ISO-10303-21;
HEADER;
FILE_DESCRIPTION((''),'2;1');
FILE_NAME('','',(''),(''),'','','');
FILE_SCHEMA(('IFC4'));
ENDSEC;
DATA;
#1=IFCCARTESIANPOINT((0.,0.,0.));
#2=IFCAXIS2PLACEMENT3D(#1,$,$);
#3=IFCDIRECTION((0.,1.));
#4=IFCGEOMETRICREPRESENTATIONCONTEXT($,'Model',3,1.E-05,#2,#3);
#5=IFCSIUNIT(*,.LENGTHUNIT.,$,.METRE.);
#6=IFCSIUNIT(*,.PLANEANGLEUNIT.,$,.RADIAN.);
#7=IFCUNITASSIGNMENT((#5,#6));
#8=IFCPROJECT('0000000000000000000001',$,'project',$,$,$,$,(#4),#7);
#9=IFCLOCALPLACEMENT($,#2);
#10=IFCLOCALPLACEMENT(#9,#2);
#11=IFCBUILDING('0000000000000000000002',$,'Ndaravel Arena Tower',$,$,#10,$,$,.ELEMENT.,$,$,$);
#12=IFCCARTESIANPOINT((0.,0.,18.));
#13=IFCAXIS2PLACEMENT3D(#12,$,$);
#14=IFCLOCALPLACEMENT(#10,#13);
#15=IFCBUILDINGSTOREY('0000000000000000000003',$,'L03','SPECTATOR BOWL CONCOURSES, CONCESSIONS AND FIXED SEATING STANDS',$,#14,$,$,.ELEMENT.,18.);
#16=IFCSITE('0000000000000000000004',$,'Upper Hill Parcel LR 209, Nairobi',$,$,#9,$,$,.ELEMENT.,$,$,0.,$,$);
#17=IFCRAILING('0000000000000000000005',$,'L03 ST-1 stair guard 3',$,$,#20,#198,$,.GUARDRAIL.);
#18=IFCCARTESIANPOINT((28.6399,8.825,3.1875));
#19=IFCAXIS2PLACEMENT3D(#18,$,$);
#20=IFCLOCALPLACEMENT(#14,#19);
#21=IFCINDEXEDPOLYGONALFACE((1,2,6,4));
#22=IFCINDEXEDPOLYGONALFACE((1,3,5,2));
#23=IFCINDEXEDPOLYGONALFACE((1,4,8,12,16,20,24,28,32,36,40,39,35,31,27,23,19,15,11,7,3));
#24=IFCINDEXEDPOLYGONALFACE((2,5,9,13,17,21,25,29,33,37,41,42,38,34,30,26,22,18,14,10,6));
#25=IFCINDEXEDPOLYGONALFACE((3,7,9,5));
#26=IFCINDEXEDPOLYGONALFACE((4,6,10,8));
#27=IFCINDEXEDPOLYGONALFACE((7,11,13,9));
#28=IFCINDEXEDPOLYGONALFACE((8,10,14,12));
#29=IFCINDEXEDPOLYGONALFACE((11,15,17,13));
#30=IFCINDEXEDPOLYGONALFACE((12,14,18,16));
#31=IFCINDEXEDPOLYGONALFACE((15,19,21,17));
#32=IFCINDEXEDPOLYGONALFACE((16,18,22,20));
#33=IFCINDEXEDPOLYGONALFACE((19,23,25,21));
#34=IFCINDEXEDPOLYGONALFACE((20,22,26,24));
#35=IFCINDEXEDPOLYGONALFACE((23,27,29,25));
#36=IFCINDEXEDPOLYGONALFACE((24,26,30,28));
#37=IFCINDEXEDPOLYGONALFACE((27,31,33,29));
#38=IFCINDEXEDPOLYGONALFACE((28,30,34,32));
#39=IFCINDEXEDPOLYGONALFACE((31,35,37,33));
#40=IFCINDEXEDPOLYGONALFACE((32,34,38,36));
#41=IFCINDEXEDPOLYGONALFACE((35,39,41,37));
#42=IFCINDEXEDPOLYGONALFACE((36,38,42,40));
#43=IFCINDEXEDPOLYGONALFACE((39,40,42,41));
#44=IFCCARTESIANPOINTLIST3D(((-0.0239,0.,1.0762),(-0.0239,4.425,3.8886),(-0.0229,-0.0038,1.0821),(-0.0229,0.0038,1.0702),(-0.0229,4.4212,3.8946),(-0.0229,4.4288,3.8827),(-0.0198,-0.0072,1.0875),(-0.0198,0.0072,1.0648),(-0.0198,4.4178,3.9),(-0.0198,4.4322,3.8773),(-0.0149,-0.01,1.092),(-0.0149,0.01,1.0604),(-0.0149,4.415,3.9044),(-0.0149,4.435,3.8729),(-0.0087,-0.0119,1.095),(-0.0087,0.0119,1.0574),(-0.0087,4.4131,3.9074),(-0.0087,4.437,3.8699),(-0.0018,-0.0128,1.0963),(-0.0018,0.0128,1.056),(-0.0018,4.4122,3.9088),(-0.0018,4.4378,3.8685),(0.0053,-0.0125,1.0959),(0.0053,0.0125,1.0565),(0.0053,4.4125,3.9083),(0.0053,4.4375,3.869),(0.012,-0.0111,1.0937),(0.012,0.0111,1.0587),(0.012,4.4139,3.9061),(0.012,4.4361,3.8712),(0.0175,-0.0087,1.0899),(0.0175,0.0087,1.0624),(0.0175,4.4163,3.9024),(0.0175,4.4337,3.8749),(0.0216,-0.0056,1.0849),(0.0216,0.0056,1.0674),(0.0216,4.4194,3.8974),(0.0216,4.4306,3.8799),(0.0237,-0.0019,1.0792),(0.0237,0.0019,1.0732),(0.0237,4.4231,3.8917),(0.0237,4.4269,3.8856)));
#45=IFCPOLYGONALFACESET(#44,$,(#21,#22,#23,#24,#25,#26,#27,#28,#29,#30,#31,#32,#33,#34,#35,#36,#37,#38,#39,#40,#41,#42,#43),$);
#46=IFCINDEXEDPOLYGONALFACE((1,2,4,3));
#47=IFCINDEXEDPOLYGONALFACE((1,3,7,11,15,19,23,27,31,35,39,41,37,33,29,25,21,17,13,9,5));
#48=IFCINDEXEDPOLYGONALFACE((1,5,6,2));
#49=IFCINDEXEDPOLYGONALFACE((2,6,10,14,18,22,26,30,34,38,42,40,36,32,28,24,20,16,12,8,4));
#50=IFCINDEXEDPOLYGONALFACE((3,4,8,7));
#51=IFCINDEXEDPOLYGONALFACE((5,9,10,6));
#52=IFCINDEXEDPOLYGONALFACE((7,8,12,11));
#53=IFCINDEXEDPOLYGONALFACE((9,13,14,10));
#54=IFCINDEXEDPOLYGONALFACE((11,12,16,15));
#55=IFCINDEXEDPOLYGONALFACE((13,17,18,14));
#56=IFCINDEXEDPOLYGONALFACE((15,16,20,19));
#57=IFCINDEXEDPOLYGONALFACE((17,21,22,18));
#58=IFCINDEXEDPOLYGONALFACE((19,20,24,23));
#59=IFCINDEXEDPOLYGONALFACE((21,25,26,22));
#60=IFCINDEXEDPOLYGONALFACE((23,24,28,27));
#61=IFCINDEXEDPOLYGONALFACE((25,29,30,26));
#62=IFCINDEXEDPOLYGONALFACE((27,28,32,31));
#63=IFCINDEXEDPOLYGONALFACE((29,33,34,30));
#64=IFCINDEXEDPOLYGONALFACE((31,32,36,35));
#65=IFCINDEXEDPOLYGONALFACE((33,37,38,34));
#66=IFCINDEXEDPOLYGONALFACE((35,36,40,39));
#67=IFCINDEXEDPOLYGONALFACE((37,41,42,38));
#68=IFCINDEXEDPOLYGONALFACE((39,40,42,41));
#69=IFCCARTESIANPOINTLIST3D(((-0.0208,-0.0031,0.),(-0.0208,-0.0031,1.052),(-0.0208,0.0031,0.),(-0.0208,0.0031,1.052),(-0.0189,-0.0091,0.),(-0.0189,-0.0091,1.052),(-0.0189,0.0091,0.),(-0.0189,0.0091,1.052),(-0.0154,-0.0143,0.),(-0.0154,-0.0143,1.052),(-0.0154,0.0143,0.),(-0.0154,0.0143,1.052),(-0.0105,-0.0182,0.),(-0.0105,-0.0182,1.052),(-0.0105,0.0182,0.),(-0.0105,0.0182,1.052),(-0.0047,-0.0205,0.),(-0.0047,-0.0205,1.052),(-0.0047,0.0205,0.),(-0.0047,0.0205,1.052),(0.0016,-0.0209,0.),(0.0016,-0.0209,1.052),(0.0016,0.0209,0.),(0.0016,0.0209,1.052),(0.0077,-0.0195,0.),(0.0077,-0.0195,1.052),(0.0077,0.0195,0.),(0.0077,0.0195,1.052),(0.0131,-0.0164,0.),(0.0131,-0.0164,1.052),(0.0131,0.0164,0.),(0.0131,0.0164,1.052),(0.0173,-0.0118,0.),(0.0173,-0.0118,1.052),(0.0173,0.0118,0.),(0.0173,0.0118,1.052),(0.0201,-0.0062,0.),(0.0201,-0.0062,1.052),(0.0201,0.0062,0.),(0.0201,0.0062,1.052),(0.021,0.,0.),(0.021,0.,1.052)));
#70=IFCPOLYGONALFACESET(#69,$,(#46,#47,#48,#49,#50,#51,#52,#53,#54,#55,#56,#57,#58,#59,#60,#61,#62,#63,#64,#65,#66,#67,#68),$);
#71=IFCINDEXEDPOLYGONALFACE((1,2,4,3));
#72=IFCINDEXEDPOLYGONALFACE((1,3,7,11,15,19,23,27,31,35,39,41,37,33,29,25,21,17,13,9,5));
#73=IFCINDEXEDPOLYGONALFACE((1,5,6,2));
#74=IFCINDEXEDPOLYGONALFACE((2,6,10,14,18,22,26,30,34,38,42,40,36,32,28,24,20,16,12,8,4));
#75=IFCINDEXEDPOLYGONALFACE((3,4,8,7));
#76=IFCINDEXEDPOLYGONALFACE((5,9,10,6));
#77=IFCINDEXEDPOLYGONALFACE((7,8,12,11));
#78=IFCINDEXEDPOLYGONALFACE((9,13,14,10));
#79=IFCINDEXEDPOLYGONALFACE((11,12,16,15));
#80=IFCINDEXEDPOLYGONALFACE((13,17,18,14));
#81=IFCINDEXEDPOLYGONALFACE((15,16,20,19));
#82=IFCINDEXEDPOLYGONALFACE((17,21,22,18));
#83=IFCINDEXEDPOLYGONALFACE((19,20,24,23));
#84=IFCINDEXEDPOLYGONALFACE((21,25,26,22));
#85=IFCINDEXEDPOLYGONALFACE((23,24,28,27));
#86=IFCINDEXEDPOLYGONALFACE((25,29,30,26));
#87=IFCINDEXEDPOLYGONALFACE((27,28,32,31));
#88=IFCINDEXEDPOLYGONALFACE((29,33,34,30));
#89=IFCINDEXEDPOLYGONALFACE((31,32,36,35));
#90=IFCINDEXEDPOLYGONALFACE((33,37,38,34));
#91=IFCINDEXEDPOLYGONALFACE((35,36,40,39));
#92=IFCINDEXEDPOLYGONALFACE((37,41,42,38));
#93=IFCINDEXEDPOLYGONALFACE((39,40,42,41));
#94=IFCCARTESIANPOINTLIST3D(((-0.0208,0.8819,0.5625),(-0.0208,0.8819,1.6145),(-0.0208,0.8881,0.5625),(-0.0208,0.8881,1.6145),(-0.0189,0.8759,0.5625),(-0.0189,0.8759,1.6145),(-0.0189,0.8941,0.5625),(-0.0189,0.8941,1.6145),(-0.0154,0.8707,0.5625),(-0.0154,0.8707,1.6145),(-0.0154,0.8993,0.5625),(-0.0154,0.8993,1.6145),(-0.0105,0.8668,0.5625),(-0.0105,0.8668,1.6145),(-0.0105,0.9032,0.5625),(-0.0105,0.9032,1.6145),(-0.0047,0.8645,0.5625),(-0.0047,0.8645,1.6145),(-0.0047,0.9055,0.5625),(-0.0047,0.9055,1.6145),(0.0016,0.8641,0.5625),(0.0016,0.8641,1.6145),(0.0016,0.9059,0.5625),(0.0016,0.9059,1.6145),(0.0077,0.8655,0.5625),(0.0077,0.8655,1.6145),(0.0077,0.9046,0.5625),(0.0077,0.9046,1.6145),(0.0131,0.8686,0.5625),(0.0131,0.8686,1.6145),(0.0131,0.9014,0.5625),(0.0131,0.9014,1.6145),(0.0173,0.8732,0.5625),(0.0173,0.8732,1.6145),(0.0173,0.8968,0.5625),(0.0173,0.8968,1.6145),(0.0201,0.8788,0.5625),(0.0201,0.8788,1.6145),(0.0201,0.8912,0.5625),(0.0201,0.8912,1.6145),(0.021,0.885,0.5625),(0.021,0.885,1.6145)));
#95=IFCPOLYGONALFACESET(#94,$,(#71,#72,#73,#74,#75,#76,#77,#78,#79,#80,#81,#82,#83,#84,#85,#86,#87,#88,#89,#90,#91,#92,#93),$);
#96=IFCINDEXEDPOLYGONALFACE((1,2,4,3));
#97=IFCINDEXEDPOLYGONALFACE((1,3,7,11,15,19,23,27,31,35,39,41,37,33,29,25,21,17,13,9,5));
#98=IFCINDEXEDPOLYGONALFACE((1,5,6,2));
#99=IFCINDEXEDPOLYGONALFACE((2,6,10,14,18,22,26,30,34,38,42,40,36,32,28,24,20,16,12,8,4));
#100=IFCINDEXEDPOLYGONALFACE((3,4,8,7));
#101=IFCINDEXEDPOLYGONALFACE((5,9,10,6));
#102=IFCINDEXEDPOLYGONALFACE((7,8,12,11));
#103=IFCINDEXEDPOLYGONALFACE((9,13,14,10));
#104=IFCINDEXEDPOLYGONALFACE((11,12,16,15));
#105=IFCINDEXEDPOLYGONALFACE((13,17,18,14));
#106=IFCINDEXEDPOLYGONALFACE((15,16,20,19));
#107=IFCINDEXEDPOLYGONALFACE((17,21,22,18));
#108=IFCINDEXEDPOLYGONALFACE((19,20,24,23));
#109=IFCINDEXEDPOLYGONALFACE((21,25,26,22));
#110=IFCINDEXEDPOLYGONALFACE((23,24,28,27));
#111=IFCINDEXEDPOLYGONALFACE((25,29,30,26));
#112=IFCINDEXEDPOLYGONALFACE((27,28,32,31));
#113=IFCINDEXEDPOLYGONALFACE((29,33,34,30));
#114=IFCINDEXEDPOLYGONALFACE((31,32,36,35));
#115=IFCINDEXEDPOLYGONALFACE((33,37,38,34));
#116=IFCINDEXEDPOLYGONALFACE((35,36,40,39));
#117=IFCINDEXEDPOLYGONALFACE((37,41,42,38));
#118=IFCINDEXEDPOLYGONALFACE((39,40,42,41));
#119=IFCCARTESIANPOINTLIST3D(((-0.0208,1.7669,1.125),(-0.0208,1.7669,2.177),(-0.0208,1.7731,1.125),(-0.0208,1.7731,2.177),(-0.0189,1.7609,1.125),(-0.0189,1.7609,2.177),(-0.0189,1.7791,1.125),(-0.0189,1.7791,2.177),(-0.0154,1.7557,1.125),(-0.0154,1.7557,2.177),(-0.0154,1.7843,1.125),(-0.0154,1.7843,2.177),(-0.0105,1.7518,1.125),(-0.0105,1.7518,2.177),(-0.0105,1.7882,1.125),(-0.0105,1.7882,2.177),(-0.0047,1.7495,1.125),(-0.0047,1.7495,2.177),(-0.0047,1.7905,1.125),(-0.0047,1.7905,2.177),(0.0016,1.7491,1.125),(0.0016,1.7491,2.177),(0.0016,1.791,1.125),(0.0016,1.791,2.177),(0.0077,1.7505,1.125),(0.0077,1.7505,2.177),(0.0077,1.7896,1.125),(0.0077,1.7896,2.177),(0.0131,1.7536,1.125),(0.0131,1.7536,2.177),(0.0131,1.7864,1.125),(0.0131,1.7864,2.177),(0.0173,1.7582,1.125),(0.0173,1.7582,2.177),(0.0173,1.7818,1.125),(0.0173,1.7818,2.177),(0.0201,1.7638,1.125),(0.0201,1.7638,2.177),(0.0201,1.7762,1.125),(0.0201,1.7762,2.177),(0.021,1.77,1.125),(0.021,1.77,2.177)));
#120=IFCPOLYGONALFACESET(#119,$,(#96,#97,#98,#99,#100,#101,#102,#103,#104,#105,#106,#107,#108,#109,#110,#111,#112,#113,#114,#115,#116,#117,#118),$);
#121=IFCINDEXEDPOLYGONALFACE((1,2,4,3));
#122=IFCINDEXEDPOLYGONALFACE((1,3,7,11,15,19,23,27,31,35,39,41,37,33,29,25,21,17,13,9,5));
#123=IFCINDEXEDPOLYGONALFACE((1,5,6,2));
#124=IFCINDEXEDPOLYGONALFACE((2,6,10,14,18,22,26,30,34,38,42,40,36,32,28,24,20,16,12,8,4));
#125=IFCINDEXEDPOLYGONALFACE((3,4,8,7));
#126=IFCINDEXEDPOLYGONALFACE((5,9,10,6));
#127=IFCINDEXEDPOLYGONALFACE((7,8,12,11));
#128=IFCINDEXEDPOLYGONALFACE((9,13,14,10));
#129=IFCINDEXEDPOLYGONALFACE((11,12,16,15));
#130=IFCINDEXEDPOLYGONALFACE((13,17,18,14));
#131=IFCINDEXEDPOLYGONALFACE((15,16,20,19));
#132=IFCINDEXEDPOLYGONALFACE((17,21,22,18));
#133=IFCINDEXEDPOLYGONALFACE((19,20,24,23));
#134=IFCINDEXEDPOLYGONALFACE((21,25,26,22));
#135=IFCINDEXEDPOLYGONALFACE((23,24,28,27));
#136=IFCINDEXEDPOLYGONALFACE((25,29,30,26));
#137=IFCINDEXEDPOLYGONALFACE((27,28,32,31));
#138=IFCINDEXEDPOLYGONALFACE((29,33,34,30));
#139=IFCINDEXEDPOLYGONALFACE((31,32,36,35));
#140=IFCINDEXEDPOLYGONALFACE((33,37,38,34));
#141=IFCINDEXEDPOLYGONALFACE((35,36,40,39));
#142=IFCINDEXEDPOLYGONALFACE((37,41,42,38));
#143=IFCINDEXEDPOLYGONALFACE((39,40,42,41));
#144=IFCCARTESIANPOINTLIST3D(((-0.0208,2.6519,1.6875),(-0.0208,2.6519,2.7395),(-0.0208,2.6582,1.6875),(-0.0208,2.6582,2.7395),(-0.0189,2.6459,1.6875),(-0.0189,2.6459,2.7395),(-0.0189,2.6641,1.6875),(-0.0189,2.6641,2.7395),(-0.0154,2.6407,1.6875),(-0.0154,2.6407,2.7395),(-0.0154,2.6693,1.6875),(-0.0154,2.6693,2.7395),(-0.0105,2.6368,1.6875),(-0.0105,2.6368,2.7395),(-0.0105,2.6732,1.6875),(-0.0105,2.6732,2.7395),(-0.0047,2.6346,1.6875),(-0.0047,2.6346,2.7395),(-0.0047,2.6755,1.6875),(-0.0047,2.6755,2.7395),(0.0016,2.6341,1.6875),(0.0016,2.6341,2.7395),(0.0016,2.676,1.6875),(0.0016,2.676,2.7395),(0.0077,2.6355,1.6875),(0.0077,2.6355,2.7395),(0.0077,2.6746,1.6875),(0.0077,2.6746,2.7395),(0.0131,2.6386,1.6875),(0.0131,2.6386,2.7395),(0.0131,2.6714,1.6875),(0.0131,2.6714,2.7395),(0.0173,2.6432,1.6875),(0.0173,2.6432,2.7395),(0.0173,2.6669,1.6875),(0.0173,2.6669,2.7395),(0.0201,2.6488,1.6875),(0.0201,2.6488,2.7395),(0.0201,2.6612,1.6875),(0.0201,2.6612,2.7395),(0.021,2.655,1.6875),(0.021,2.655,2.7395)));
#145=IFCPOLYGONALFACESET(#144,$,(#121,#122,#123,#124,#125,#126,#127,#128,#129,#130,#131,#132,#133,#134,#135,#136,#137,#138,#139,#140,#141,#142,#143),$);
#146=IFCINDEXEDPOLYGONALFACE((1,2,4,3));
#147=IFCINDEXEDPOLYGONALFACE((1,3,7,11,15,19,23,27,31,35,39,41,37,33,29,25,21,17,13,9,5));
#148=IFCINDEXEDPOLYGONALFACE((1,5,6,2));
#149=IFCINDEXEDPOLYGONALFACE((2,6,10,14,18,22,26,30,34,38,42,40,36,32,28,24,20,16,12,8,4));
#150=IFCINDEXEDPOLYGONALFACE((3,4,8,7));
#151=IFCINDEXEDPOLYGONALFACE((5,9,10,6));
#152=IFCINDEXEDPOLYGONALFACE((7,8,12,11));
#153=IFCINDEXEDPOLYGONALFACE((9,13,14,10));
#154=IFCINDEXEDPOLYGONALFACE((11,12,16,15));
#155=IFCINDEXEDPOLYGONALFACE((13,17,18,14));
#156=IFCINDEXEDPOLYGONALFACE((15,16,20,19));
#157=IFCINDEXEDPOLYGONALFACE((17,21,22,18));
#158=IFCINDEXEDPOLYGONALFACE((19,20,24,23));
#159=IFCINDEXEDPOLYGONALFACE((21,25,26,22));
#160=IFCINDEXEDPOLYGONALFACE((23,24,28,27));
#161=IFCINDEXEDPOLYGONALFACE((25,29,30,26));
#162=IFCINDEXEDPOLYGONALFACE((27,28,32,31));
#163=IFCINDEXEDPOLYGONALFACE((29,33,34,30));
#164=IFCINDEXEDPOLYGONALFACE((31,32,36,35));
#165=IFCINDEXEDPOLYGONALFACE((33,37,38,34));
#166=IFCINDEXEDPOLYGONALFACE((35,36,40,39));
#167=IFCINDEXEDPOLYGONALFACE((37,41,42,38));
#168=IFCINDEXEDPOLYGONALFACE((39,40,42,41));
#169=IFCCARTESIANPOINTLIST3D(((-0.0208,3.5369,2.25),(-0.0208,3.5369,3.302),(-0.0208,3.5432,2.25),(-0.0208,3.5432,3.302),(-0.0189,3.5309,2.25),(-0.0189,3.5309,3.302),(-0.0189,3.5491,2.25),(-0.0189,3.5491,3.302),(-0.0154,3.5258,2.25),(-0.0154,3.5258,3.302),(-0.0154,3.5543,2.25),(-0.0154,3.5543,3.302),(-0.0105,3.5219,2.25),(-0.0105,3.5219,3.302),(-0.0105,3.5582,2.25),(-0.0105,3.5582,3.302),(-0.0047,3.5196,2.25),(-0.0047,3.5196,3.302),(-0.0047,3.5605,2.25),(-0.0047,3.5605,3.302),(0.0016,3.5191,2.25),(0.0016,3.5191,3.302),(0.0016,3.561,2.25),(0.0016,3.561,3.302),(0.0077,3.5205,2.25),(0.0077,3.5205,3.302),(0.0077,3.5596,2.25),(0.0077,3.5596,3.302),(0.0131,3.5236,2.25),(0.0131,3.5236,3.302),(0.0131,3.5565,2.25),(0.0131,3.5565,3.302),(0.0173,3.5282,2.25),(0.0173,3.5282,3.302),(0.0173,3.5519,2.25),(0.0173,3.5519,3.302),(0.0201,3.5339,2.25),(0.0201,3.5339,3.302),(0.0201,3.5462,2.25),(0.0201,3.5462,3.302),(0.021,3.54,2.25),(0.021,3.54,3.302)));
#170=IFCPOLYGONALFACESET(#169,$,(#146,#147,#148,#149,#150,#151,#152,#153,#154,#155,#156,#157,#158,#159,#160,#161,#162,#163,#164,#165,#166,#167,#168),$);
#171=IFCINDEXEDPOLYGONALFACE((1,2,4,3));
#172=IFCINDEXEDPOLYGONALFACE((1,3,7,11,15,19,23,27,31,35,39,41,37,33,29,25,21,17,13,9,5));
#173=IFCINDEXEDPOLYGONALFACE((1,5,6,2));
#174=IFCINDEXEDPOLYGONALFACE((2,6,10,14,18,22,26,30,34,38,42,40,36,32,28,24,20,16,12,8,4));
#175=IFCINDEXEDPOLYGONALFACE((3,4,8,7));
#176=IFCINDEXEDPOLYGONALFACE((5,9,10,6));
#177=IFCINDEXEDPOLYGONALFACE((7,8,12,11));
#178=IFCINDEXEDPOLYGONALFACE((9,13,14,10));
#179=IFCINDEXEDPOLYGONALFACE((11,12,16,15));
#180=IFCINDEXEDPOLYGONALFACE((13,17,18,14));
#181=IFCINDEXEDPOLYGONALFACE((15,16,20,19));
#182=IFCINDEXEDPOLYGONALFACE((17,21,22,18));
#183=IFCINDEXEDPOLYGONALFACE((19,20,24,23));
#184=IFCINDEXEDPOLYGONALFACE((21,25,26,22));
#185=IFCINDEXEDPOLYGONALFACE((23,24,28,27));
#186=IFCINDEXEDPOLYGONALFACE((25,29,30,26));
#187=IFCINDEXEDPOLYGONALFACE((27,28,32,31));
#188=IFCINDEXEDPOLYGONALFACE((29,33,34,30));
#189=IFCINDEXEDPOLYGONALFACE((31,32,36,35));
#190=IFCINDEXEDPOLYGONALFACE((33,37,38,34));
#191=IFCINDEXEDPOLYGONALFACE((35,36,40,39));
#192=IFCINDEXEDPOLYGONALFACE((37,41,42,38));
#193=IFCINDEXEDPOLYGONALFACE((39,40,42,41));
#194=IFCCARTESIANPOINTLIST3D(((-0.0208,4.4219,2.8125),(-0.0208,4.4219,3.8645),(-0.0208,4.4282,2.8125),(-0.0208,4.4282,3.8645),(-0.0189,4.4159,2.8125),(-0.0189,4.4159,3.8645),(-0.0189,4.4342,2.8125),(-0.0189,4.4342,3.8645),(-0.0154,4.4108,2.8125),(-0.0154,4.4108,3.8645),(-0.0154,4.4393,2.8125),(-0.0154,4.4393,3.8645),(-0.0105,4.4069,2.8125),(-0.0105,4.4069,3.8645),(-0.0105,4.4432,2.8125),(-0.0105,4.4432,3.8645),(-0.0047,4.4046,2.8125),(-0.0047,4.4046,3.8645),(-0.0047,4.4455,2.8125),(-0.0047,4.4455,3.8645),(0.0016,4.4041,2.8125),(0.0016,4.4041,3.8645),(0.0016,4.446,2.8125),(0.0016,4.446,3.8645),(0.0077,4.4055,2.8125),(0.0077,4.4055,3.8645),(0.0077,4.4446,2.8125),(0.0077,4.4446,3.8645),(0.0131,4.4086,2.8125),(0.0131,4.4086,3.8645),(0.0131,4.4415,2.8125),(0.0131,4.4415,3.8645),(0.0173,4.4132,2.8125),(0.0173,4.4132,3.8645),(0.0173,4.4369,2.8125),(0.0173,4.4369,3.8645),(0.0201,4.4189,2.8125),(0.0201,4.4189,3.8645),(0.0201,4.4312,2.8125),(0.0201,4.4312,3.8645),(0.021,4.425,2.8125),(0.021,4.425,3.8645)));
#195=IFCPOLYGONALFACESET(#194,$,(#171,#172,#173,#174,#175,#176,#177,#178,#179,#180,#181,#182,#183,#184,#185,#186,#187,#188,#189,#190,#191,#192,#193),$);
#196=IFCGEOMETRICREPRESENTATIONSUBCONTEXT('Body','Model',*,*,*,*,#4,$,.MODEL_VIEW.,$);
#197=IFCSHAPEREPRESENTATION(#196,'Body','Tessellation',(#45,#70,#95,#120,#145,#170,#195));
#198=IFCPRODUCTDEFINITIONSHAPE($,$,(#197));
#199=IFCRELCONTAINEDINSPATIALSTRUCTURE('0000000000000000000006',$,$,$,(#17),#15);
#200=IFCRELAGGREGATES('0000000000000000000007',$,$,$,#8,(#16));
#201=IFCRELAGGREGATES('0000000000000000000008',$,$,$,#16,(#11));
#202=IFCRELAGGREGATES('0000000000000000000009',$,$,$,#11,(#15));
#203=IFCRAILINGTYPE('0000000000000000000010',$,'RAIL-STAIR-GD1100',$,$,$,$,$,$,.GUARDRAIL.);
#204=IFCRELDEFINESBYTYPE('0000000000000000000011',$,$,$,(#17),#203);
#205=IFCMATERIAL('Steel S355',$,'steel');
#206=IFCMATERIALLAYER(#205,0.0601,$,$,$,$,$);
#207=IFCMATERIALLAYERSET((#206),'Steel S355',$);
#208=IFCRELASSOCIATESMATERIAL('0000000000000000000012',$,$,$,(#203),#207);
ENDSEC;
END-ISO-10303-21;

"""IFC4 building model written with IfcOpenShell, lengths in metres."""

from ifc_helpers import new_model, si_unit, direction, frame, origin, origin_2d, place, context, subcontext, project, spatial, circle, extrude, material, layer, layer_set, type_object, element, save


model = new_model("IFC4")

# Units and contexts
model_context = context("Model", 3, precision=1e-05, world=origin(), true_north=direction((0.0, 1.0)))
body_context = subcontext(model_context, "Body", "Model", "MODEL_VIEW")
ifc_project = project(units=[si_unit("LENGTHUNIT", "METRE"), si_unit("PLANEANGLEUNIT", "RADIAN")], contexts=[model_context])

# Site, building, storey
site_placement = place(None, origin())
site = spatial("IfcSite", under=ifc_project, at=site_placement, Name="Upper Hill Parcel LR 209, Nairobi", CompositionType="ELEMENT", RefElevation=0.0)
building_placement = place(site_placement, origin())
building = spatial("IfcBuilding", under=site, at=building_placement, Name="Ndaravel Arena Tower", CompositionType="ELEMENT")
storey_placement = place(building_placement, frame((0.0, 0.0, 18.0)))
storey = spatial("IfcBuildingStorey", under=building, at=storey_placement, Name="L03", Description="SPECTATOR BOWL CONCOURSES, CONCESSIONS AND FIXED SEATING STANDS", CompositionType="ELEMENT", Elevation=18.0)

# Railing
ifc_material_1 = material(Name="Steel S355", Category="steel")
ifc_layer_1 = layer(ifc_material_1, 0.0601)
ifc_layer_set_1 = layer_set([ifc_layer_1], Name="Steel S355")
railing_type_1 = type_object("IfcRailingType", Name="RAIL-STAIR-GD1100", PredefinedType="GUARDRAIL", material=ifc_layer_set_1)
railing_1_placement = place(storey_placement, frame((28.6399, 8.825, 3.1875)))
element("IfcRailing", 1, at=railing_1_placement, inside=storey, type_object=railing_type_1, Name="L03 ST-1 stair guard 3", PredefinedType="GUARDRAIL", context=body_context, shape_type="SweptSolid", body=[
    extrude(circle(Radius=0.0239, at=origin_2d()), frame((0.0, 0.0, 1.0762), z_axis=(0.0, 0.843959, 0.536408), x_axis=(-1.0, 0.0, 0.0)), (0.0, 0.0, 1.0), 5.2432),
    extrude(circle(Radius=0.021, at=origin_2d()), origin(), (0.0, 0.0, 1.0), 1.052),
    extrude(circle(Radius=0.021, at=origin_2d()), frame((0.0, 0.885, 0.5625)), (0.0, 0.0, 1.0), 1.052),
    extrude(circle(Radius=0.021, at=origin_2d()), frame((0.0, 1.77, 1.125)), (0.0, 0.0, 1.0), 1.052),
    extrude(circle(Radius=0.021, at=origin_2d()), frame((0.0, 2.655, 1.6875)), (0.0, 0.0, 1.0), 1.052),
    extrude(circle(Radius=0.021, at=origin_2d()), frame((0.0, 3.54, 2.25)), (0.0, 0.0, 1.0), 1.052),
    extrude(circle(Radius=0.021, at=origin_2d()), frame((0.0, 4.425, 2.8125)), (0.0, 0.0, 1.0), 1.052),
])

save(model, "model.ifc")
